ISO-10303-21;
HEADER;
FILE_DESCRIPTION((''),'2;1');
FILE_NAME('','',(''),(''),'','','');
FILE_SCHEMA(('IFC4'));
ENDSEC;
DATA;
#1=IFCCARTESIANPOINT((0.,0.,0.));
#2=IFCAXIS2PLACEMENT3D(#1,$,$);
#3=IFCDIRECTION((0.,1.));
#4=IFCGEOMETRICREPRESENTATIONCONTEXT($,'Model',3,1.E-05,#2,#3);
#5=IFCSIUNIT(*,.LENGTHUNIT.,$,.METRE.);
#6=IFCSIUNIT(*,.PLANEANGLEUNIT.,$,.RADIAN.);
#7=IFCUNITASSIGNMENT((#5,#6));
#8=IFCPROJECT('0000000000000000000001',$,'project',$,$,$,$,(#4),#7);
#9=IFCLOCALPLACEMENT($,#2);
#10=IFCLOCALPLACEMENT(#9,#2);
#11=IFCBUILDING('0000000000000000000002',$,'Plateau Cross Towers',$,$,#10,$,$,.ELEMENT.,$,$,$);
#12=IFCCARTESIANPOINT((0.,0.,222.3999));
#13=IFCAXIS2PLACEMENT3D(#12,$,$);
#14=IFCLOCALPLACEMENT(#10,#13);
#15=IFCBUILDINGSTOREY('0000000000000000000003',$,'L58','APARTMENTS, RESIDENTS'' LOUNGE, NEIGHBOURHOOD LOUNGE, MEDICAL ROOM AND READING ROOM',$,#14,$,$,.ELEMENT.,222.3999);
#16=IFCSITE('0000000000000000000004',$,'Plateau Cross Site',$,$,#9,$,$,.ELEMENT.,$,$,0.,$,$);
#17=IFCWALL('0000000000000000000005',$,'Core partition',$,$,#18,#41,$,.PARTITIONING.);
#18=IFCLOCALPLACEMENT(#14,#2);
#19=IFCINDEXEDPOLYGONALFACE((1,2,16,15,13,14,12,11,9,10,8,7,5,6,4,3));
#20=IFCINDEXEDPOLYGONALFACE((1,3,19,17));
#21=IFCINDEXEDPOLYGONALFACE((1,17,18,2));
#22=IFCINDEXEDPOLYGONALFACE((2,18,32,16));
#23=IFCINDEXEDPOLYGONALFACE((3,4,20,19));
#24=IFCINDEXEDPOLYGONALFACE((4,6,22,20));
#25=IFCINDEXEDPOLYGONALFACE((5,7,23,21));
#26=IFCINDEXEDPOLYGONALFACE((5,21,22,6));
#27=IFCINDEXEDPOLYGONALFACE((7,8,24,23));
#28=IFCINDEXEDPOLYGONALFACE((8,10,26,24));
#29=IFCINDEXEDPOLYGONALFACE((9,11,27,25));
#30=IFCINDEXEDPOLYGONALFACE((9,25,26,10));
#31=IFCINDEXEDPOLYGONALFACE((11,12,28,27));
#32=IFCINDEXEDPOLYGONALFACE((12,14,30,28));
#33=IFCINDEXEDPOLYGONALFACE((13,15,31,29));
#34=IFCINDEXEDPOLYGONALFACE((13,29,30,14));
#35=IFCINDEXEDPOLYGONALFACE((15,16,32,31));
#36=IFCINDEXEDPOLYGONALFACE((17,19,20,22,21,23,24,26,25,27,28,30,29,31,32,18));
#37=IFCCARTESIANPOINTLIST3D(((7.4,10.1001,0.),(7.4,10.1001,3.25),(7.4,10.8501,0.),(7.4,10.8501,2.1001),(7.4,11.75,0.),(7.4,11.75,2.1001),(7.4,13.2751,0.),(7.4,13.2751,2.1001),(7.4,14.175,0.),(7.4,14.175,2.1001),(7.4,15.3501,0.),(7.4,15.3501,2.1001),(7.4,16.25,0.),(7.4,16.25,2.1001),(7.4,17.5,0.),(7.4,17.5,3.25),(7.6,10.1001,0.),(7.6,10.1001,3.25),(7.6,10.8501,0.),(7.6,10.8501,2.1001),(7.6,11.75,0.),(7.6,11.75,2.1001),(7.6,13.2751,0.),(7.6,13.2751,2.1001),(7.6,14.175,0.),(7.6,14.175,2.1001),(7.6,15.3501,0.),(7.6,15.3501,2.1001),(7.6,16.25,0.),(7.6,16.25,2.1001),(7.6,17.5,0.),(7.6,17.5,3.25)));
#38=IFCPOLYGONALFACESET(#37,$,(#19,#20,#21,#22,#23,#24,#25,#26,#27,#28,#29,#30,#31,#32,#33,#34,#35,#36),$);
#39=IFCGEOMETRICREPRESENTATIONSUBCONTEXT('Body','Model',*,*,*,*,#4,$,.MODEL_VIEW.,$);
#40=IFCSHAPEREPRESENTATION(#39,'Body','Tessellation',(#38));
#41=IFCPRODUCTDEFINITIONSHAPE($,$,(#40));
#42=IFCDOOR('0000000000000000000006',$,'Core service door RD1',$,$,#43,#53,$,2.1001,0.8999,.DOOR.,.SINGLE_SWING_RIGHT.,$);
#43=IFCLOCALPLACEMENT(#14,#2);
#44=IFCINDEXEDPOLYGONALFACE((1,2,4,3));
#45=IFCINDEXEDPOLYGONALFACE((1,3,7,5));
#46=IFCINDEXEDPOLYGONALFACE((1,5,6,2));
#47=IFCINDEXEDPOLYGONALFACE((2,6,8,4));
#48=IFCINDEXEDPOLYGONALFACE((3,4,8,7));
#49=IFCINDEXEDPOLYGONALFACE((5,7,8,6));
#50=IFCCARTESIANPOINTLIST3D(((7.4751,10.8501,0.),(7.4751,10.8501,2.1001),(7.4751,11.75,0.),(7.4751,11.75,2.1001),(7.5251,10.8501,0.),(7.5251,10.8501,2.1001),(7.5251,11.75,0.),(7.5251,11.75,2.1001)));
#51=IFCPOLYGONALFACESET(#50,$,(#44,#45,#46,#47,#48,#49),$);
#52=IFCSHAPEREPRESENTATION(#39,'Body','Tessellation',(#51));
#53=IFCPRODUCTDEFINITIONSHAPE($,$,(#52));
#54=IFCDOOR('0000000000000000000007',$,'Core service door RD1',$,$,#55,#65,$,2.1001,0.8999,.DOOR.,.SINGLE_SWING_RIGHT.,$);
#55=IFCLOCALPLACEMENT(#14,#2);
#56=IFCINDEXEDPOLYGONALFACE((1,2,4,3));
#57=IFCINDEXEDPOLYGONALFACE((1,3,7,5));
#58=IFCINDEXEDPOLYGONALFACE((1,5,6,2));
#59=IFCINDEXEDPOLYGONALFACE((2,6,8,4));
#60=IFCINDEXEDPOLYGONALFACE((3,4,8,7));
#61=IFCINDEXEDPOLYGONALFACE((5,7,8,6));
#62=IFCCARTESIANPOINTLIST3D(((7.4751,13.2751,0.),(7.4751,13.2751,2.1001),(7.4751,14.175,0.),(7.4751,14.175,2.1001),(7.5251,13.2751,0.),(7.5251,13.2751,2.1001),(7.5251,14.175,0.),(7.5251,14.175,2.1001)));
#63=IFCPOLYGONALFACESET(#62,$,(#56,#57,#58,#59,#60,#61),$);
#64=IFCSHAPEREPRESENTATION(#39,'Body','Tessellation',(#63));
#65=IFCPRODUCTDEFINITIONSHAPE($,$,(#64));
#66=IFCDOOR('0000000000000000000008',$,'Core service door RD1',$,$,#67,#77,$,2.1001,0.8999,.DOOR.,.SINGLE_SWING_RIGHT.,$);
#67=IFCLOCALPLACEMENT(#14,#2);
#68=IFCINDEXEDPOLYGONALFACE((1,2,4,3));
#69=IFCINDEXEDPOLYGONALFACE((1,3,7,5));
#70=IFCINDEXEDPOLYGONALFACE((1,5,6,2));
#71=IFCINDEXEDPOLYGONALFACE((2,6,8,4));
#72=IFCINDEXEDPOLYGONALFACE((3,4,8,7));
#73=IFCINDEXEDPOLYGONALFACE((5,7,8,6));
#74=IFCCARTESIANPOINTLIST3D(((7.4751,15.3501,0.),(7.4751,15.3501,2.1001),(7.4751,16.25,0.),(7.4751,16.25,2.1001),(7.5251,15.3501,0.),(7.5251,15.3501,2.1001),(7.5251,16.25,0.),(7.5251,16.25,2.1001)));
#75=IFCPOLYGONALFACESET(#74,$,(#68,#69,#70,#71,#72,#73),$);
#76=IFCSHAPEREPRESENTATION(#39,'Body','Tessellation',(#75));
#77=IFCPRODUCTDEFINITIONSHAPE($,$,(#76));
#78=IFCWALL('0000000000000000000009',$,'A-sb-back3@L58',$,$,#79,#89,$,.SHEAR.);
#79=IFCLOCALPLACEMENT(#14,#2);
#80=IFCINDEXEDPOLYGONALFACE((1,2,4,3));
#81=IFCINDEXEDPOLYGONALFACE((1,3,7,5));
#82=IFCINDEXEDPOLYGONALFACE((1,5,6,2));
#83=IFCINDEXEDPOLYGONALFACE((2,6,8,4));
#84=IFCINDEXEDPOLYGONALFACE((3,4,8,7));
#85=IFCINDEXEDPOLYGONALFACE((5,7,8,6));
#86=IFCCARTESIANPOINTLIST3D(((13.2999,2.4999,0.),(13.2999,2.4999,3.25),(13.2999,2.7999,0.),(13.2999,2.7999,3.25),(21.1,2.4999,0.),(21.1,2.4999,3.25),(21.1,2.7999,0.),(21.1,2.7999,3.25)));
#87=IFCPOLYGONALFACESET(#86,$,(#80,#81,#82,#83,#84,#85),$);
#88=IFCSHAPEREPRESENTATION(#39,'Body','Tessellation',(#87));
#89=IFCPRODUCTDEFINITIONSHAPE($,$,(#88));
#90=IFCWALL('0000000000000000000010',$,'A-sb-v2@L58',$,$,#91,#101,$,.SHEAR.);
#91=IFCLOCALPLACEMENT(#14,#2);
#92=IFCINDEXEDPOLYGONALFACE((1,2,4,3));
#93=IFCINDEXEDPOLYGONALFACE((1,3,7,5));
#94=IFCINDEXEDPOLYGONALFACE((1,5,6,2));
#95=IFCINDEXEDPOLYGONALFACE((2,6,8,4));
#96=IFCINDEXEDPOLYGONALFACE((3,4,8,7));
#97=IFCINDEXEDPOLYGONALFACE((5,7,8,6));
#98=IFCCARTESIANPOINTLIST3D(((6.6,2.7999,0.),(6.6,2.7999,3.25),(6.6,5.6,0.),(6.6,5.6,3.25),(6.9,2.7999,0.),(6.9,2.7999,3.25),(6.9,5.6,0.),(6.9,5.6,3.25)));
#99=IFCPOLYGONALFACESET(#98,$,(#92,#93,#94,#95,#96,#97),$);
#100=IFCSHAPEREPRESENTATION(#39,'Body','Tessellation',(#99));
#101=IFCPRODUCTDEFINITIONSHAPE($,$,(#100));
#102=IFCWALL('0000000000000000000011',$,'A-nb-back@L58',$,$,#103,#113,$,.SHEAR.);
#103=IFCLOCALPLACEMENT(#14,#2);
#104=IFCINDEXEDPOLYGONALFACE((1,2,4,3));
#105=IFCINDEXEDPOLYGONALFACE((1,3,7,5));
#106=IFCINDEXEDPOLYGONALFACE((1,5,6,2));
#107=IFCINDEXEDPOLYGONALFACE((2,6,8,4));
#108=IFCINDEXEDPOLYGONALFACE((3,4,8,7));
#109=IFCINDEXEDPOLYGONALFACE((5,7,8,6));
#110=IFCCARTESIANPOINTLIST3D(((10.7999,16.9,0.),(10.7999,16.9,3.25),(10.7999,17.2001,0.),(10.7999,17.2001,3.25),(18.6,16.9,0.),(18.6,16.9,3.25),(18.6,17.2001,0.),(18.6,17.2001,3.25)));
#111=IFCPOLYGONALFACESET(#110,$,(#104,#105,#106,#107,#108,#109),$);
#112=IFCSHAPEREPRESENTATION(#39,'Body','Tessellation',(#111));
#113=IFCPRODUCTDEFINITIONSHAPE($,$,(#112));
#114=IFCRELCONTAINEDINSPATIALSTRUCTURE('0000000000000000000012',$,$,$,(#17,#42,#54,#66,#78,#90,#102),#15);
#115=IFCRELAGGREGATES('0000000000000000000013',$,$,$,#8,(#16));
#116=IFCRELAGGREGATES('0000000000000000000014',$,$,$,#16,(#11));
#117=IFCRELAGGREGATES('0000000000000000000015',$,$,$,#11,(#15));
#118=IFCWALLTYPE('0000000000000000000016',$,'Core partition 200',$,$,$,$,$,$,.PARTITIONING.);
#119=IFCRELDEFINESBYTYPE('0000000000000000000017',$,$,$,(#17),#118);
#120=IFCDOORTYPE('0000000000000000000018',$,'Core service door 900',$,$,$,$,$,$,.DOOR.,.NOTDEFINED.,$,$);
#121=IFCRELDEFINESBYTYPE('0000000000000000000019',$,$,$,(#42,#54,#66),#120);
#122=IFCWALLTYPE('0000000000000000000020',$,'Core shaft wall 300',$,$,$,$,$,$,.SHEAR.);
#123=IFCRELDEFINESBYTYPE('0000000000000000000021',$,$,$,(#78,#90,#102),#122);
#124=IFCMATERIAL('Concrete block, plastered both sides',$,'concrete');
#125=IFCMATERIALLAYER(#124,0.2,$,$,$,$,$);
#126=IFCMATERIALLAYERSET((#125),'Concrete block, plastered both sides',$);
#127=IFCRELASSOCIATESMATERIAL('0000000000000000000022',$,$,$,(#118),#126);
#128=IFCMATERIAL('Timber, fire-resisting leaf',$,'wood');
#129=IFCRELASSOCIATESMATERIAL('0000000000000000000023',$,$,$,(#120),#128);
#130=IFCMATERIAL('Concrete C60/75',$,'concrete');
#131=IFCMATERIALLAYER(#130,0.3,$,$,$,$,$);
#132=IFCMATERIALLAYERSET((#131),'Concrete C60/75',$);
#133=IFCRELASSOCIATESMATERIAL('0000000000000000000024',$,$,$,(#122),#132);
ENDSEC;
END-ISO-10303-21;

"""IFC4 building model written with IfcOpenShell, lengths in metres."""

from ifc_helpers import new_model, si_unit, direction, frame, frame_2d, origin, place, context, subcontext, project, spatial, rectangle, extrude, material, layer, layer_set, type_object, element, fill, save


model = new_model("IFC4")

# Units and contexts
model_context = context("Model", 3, precision=1e-05, world=origin(), true_north=direction((0.0, 1.0)))
body_context = subcontext(model_context, "Body", "Model", "MODEL_VIEW")
ifc_project = project(units=[si_unit("LENGTHUNIT", "METRE"), si_unit("PLANEANGLEUNIT", "RADIAN")], contexts=[model_context])

# Site, building, storey
site_placement = place(None, origin())
site = spatial("IfcSite", under=ifc_project, at=site_placement, Name="Plateau Cross Site", CompositionType="ELEMENT", RefElevation=0.0)
building_placement = place(site_placement, origin())
building = spatial("IfcBuilding", under=site, at=building_placement, Name="Plateau Cross Towers", CompositionType="ELEMENT")
storey_placement = place(building_placement, frame((0.0, 0.0, 222.3999)))
storey = spatial("IfcBuildingStorey", under=building, at=storey_placement, Name="L58", Description="APARTMENTS, RESIDENTS' LOUNGE, NEIGHBOURHOOD LOUNGE, MEDICAL ROOM AND READING ROOM", CompositionType="ELEMENT", Elevation=222.3999)

# Shared definitions
ifc_material_1 = material(Name="Concrete block, plastered both sides", Category="concrete")
ifc_layer_1 = layer(ifc_material_1, 0.2)
ifc_layer_set_1 = layer_set([ifc_layer_1], Name="Concrete block, plastered both sides")
wall_type_1 = type_object("IfcWallType", Name="Core partition 200", PredefinedType="PARTITIONING", material=ifc_layer_set_1)

# Shared definitions
ifc_material_2 = material(Name="Timber, fire-resisting leaf", Category="wood")
door_type_1 = type_object("IfcDoorType", Name="Core service door 900", OperationType="NOTDEFINED", PredefinedType="DOOR", material=ifc_material_2)

# Wall, openings, doors
wall_1_placement = place(storey_placement, frame((7.5, 10.1001, 0.0), z_axis=(0.0, 0.0, 1.0), x_axis=(0.0, 1.0, 0.0)))
wall_1 = element("IfcWall", 1, at=wall_1_placement, inside=storey, type_object=wall_type_1, Name="Core partition", PredefinedType="PARTITIONING", context=body_context, shape_type="SweptSolid", body=[
    extrude(rectangle(XDim=7.3999, YDim=0.2, at=frame_2d((3.7, 0.0))), origin(), (0.0, 0.0, 1.0), 3.25),
])
opening_1_placement = place(wall_1_placement, frame((0.75, 0.0, 0.0)))
opening_1 = element("IfcOpeningElement", 2, at=opening_1_placement, cuts=wall_1, PredefinedType="OPENING", context=body_context, shape_type="SweptSolid", body=[
    extrude(rectangle(XDim=0.8999, YDim=2.1001, at=frame_2d((0.45, 1.05))), frame((0.0, 0.1099, 0.0), z_axis=(0.0, -1.0, 0.0), x_axis=(1.0, 0.0, 0.0)), (0.0, 0.0, 1.0), 0.22),
])
opening_2_placement = place(wall_1_placement, frame((3.175, 0.0, 0.0)))
opening_2 = element("IfcOpeningElement", 3, at=opening_2_placement, cuts=wall_1, PredefinedType="OPENING", context=body_context, shape_type="SweptSolid", body=[
    extrude(rectangle(XDim=0.8999, YDim=2.1001, at=frame_2d((0.45, 1.05))), frame((0.0, 0.1099, 0.0), z_axis=(0.0, -1.0, 0.0), x_axis=(1.0, 0.0, 0.0)), (0.0, 0.0, 1.0), 0.22),
])
opening_3_placement = place(wall_1_placement, frame((5.25, 0.0, 0.0)))
opening_3 = element("IfcOpeningElement", 4, at=opening_3_placement, cuts=wall_1, PredefinedType="OPENING", context=body_context, shape_type="SweptSolid", body=[
    extrude(rectangle(XDim=0.8999, YDim=2.1001, at=frame_2d((0.45, 1.05))), frame((0.0, 0.1099, 0.0), z_axis=(0.0, -1.0, 0.0), x_axis=(1.0, 0.0, 0.0)), (0.0, 0.0, 1.0), 0.22),
])
door_1_placement = place(opening_1_placement, origin())
door_1 = element("IfcDoor", 5, at=door_1_placement, inside=storey, type_object=door_type_1, Name="Core service door RD1", OperationType="SINGLE_SWING_RIGHT", OverallHeight=2.1001, OverallWidth=0.8999, PredefinedType="DOOR", context=body_context, shape_type="SweptSolid", body=[
    extrude(rectangle(XDim=0.8999, YDim=2.1001, at=frame_2d((0.45, 1.05))), frame((0.0, 0.0249, 0.0), z_axis=(0.0, -1.0, 0.0), x_axis=(1.0, 0.0, 0.0)), (0.0, 0.0, 1.0), 0.05),
])
fill(opening_1, door_1)
door_2_placement = place(opening_2_placement, origin())
door_2 = element("IfcDoor", 6, at=door_2_placement, inside=storey, type_object=door_type_1, Name="Core service door RD1", OperationType="SINGLE_SWING_RIGHT", OverallHeight=2.1001, OverallWidth=0.8999, PredefinedType="DOOR", context=body_context, shape_type="SweptSolid", body=[
    extrude(rectangle(XDim=0.8999, YDim=2.1001, at=frame_2d((0.45, 1.05))), frame((0.0, 0.0249, 0.0), z_axis=(0.0, -1.0, 0.0), x_axis=(1.0, 0.0, 0.0)), (0.0, 0.0, 1.0), 0.05),
])
fill(opening_2, door_2)
door_3_placement = place(opening_3_placement, origin())
door_3 = element("IfcDoor", 7, at=door_3_placement, inside=storey, type_object=door_type_1, Name="Core service door RD1", OperationType="SINGLE_SWING_RIGHT", OverallHeight=2.1001, OverallWidth=0.8999, PredefinedType="DOOR", context=body_context, shape_type="SweptSolid", body=[
    extrude(rectangle(XDim=0.8999, YDim=2.1001, at=frame_2d((0.45, 1.05))), frame((0.0, 0.0249, 0.0), z_axis=(0.0, -1.0, 0.0), x_axis=(1.0, 0.0, 0.0)), (0.0, 0.0, 1.0), 0.05),
])
fill(opening_3, door_3)

# Walls
ifc_material_3 = material(Name="Concrete C60/75", Category="concrete")
ifc_layer_2 = layer(ifc_material_3, 0.3)
ifc_layer_set_2 = layer_set([ifc_layer_2], Name="Concrete C60/75")
wall_type_2 = type_object("IfcWallType", Name="Core shaft wall 300", PredefinedType="SHEAR", material=ifc_layer_set_2)
wall_2_placement = place(storey_placement, frame((13.3, 2.6499, 0.0), z_axis=(0.0, 0.0, 1.0), x_axis=(1.0, 0.0, 0.0)))
element("IfcWall", 8, at=wall_2_placement, inside=storey, type_object=wall_type_2, Name="A-sb-back3@L58", PredefinedType="SHEAR", context=body_context, shape_type="SweptSolid", body=[
    extrude(rectangle(XDim=7.8, YDim=0.3, at=frame_2d((3.8999, 0.0))), origin(), (0.0, 0.0, 1.0), 3.25),
])
wall_3_placement = place(storey_placement, frame((6.75, 2.8, 0.0), z_axis=(0.0, 0.0, 1.0), x_axis=(0.0, 1.0, 0.0)))
element("IfcWall", 9, at=wall_3_placement, inside=storey, type_object=wall_type_2, Name="A-sb-v2@L58", PredefinedType="SHEAR", context=body_context, shape_type="SweptSolid", body=[
    extrude(rectangle(XDim=2.8, YDim=0.3, at=frame_2d((1.3999, 0.0))), origin(), (0.0, 0.0, 1.0), 3.25),
])
wall_4_placement = place(storey_placement, frame((10.8, 17.05, 0.0), z_axis=(0.0, 0.0, 1.0), x_axis=(1.0, 0.0, 0.0)))
element("IfcWall", 10, at=wall_4_placement, inside=storey, type_object=wall_type_2, Name="A-nb-back@L58", PredefinedType="SHEAR", context=body_context, shape_type="SweptSolid", body=[
    extrude(rectangle(XDim=7.8, YDim=0.3, at=frame_2d((3.8999, 0.0))), origin(), (0.0, 0.0, 1.0), 3.25),
])

save(model, "model.ifc")
